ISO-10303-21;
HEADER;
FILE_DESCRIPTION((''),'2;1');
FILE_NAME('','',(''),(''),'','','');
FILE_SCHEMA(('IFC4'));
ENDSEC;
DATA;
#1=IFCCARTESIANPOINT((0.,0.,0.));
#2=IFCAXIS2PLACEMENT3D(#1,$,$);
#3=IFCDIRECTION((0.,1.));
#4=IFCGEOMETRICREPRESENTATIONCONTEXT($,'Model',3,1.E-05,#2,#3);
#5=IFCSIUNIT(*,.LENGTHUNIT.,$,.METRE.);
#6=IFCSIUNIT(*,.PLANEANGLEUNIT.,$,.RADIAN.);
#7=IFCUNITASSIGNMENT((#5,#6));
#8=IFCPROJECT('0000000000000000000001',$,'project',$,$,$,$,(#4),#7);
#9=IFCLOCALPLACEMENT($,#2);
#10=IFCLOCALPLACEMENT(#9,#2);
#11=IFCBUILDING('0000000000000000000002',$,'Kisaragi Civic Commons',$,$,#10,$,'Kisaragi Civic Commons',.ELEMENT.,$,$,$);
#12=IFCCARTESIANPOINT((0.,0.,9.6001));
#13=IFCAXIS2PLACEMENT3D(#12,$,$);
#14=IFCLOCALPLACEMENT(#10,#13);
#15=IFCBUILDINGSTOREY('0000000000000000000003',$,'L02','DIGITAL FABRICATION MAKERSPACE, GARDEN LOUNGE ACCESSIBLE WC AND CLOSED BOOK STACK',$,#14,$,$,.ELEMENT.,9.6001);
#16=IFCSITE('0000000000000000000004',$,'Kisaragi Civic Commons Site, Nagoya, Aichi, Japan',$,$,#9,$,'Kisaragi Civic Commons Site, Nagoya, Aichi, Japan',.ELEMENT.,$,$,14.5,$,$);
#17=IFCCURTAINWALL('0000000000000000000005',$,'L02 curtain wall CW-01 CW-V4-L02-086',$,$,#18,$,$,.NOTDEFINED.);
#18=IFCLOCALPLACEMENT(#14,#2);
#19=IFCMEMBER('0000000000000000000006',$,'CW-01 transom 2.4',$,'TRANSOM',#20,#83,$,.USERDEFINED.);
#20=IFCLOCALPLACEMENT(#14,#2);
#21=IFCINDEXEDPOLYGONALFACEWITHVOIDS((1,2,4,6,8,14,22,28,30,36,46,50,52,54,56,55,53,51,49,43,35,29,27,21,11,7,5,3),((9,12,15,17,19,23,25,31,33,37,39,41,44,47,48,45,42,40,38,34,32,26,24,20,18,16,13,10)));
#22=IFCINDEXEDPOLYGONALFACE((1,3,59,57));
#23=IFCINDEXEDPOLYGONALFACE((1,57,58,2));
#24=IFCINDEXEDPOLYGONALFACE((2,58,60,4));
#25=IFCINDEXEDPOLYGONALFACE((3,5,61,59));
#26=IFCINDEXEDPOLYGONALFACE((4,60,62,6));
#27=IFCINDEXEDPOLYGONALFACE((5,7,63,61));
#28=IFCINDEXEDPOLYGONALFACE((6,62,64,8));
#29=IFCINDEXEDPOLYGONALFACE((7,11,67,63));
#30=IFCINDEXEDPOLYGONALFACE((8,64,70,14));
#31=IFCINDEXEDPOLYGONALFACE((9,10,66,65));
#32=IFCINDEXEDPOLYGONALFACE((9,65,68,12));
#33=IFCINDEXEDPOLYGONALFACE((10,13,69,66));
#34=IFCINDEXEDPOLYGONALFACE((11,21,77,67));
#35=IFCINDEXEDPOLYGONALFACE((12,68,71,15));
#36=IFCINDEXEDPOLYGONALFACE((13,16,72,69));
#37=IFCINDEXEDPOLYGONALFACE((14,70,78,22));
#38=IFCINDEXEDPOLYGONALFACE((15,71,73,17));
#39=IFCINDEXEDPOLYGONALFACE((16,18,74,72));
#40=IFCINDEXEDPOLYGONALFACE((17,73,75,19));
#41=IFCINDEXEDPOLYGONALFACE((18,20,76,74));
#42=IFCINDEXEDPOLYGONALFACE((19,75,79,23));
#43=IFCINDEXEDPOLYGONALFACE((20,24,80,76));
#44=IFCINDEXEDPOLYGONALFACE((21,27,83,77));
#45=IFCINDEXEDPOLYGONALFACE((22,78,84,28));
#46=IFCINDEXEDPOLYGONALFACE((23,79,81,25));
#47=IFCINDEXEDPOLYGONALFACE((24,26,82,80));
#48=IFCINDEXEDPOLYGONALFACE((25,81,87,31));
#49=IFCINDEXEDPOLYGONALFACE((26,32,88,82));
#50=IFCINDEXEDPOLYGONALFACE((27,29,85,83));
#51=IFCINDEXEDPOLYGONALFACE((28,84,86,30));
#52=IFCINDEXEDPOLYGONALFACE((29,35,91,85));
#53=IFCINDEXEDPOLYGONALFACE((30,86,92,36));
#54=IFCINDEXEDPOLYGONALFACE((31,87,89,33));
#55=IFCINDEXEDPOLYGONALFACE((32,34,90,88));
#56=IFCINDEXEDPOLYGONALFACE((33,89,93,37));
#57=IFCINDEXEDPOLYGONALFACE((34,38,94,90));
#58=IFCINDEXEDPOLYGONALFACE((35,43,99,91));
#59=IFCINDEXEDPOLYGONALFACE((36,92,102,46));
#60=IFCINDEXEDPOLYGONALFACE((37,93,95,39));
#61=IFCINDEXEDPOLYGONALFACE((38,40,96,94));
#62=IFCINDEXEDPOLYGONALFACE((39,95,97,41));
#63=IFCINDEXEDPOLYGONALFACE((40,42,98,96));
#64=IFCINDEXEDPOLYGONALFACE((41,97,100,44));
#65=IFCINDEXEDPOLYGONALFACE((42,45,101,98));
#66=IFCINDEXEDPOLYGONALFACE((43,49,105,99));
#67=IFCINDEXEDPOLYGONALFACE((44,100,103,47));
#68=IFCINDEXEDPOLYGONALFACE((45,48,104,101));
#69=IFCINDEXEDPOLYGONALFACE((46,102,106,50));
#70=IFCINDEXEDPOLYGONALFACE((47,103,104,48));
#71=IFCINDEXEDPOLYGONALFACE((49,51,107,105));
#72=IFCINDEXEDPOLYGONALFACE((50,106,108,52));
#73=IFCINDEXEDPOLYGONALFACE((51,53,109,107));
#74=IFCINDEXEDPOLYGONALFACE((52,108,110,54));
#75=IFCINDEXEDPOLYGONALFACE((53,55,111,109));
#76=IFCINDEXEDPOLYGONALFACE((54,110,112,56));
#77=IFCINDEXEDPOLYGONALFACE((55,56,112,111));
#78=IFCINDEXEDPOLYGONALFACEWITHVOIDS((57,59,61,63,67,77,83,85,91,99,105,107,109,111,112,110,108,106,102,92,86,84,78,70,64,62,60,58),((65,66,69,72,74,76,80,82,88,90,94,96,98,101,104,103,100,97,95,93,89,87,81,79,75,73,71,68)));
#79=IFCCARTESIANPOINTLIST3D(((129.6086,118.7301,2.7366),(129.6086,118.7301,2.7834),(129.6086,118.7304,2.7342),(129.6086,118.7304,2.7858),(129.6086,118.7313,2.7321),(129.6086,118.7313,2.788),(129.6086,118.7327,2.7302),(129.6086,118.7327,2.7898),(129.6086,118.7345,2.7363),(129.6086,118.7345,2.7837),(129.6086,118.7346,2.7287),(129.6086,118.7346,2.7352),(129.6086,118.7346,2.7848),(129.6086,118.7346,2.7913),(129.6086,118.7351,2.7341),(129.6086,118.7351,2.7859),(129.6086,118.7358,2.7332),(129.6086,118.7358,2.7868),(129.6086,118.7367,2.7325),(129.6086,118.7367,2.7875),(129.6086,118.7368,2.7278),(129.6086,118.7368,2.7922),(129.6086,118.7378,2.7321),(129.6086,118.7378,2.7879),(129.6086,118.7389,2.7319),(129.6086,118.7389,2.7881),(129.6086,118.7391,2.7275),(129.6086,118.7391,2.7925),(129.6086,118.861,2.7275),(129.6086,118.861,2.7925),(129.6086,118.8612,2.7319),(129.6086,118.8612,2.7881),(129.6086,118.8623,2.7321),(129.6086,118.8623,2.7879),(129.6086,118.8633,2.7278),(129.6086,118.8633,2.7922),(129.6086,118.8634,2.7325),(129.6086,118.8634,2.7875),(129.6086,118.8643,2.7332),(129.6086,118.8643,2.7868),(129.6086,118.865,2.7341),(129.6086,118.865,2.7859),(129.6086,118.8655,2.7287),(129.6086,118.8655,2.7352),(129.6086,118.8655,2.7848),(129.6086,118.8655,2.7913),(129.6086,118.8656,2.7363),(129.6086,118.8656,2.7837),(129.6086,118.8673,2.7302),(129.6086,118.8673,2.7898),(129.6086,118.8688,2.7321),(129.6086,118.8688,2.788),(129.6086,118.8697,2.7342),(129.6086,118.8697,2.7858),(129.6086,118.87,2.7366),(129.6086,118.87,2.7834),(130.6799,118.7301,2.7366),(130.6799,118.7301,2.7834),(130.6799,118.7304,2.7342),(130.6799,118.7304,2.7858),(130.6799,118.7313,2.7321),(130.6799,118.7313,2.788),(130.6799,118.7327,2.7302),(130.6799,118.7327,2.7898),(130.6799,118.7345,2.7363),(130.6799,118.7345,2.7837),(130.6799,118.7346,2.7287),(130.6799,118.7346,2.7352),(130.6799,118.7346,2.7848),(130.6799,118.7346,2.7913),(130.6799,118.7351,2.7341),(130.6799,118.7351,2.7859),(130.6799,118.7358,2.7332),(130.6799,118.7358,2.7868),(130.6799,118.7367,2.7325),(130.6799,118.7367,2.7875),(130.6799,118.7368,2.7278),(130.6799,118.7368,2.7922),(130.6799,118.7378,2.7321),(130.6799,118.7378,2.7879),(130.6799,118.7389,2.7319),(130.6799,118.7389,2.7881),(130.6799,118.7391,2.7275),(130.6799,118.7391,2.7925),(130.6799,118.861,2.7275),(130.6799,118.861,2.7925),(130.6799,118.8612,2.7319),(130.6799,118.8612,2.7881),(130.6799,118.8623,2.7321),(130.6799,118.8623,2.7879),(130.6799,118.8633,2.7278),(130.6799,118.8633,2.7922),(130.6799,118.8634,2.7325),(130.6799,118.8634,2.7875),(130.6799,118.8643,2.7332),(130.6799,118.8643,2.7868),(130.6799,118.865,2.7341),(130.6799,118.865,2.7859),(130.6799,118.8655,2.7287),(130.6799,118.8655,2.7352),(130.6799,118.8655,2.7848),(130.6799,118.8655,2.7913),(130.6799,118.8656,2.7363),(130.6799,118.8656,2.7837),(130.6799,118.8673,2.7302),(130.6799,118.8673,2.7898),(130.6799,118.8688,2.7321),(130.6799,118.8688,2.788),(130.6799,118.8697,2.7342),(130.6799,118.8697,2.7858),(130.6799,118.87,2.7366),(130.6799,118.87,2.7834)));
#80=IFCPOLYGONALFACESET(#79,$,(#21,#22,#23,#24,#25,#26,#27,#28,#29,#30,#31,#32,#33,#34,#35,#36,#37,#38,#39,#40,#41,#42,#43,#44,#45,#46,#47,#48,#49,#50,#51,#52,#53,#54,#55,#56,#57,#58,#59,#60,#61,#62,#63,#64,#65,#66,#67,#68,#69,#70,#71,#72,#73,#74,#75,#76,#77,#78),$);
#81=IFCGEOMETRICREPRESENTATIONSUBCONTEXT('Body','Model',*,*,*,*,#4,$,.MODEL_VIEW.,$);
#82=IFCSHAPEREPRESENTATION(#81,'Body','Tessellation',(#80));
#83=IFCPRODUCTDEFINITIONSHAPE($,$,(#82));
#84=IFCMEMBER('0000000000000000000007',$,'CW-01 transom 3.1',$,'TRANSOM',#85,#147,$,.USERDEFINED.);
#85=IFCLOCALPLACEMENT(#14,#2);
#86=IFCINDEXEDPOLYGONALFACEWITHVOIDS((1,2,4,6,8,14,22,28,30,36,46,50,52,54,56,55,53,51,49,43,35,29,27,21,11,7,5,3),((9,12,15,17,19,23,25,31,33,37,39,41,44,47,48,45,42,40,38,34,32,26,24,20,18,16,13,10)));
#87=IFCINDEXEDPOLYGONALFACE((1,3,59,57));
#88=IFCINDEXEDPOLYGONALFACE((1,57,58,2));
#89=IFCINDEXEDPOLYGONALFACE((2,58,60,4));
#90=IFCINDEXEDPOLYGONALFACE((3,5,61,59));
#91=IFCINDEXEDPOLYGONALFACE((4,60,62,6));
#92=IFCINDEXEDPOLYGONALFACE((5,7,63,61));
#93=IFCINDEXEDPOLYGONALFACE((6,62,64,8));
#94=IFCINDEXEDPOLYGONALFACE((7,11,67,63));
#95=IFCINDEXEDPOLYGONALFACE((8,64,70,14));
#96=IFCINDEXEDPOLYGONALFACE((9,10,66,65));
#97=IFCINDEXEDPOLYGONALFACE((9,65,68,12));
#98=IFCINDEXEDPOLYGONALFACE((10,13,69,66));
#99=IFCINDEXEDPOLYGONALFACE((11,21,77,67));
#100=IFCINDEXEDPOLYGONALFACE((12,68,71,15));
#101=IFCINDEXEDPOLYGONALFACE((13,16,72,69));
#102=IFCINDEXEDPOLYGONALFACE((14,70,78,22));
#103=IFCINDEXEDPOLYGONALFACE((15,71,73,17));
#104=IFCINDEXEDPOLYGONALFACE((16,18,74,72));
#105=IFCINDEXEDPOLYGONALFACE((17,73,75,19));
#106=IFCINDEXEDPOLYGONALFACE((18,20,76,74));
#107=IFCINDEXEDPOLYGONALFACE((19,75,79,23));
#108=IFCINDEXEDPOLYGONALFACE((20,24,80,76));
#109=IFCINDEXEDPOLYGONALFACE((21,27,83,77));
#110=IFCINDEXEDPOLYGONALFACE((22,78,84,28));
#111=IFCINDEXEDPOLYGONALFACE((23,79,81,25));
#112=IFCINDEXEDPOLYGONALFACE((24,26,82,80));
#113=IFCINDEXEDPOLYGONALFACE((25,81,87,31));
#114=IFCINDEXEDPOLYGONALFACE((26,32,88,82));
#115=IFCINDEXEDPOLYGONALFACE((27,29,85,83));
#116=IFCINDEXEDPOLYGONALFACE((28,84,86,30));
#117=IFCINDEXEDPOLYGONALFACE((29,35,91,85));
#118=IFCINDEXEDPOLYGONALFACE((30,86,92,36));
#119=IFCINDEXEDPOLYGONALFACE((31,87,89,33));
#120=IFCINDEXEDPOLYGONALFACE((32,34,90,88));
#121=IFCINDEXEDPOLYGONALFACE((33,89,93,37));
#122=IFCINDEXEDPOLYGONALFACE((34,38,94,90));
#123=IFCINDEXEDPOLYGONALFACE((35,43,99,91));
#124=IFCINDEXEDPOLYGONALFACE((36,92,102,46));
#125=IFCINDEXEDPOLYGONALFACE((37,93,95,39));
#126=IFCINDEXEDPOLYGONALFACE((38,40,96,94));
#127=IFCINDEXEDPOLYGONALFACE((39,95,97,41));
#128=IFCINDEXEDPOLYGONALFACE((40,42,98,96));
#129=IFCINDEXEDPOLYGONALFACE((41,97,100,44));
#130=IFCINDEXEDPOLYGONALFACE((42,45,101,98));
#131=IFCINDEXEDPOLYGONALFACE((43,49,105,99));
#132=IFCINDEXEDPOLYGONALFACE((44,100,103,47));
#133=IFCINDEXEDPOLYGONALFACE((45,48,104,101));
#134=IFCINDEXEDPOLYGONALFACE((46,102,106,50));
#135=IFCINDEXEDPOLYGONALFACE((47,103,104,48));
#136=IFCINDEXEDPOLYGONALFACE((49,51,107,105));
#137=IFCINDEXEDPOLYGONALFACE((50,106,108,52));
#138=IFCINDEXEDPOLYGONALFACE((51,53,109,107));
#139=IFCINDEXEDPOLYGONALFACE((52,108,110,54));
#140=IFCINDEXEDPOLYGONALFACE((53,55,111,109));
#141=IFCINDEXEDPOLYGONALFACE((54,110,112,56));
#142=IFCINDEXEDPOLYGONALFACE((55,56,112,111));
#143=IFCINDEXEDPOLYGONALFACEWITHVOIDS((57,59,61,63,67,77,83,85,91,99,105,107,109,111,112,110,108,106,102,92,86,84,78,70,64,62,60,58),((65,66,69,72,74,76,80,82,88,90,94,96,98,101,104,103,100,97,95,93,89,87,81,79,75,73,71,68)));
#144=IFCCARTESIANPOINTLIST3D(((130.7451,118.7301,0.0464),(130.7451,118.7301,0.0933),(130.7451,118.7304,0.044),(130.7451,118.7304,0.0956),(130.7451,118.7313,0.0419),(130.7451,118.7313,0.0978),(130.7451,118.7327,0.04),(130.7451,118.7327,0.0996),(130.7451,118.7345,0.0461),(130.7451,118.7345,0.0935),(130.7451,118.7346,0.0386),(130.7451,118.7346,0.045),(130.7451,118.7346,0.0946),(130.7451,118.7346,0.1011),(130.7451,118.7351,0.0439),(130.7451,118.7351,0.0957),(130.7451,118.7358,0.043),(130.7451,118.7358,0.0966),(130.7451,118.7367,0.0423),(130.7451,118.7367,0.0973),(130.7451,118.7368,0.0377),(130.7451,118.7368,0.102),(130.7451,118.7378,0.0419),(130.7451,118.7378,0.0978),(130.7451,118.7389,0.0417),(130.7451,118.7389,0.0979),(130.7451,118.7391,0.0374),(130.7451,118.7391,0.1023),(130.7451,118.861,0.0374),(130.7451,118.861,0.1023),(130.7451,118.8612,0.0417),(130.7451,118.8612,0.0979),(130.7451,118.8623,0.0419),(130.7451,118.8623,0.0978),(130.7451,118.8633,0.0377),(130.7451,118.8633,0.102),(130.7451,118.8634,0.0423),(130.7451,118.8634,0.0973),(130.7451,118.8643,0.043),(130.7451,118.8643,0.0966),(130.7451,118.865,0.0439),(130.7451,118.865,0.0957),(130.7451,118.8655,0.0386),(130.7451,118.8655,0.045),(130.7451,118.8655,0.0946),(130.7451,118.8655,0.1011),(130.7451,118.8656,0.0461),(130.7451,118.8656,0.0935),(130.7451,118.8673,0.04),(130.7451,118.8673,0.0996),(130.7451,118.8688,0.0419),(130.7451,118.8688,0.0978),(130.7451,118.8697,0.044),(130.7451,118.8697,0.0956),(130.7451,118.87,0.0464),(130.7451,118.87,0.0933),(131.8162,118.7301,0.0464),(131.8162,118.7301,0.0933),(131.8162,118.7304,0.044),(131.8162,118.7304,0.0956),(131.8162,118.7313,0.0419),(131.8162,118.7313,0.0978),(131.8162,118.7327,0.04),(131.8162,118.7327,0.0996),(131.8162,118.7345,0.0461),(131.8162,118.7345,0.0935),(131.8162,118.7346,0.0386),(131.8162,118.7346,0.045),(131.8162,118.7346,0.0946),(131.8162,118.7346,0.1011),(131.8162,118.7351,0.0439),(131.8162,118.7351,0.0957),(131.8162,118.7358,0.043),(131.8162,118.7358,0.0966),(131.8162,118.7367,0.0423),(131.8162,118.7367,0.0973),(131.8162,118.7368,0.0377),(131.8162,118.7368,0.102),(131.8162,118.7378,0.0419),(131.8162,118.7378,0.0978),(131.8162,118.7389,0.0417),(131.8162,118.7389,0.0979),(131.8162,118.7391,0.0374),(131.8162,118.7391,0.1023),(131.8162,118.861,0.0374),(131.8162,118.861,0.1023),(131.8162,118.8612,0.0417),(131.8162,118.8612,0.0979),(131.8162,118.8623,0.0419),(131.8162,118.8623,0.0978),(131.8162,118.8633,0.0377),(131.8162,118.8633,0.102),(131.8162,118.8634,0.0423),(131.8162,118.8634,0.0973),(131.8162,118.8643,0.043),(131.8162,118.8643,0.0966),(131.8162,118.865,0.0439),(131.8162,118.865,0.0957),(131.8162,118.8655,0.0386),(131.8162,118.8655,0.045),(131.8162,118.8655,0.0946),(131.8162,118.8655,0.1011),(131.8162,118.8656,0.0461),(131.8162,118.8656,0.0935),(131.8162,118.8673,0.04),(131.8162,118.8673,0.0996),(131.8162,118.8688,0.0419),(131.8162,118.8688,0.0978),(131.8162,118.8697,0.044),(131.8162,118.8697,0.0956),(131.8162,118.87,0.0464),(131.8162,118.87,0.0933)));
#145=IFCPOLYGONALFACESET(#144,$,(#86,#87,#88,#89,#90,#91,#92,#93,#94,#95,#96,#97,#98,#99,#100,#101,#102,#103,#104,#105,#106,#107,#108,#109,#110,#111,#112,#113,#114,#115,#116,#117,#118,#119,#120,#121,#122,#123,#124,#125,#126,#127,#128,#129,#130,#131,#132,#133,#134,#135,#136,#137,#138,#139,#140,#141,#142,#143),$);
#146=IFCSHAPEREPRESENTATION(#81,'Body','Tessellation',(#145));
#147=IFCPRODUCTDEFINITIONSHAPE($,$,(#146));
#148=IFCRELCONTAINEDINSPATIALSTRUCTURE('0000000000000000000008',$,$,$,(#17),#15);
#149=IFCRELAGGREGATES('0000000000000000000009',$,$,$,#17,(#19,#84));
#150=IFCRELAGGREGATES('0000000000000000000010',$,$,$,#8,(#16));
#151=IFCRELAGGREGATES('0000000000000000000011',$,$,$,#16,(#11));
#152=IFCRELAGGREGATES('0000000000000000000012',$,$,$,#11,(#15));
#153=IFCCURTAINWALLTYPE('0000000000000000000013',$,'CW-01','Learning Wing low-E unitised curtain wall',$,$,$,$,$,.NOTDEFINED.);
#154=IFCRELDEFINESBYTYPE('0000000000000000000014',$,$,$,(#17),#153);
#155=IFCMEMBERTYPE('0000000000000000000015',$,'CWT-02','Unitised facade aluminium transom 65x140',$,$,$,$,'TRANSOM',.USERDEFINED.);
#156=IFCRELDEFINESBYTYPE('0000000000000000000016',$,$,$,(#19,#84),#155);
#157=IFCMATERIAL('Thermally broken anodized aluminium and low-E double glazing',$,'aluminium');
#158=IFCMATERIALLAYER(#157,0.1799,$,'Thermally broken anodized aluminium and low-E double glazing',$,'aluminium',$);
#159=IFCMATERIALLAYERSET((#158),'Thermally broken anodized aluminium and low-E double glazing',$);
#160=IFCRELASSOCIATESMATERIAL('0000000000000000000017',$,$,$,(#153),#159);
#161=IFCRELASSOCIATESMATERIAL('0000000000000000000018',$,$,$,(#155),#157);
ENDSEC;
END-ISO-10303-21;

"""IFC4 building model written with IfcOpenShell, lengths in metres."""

from ifc_helpers import new_model, si_unit, direction, frame, origin, origin_2d, place, context, subcontext, project, spatial, hollow_rectangle, extrude, material, layer, layer_set, material_profile, profile_set, type_object, element, aggregate, save


model = new_model("IFC4")

# Units and contexts
model_context = context("Model", 3, precision=1e-05, world=origin(), true_north=direction((0.0, 1.0)))
body_context = subcontext(model_context, "Body", "Model", "MODEL_VIEW")
ifc_project = project(units=[si_unit("LENGTHUNIT", "METRE"), si_unit("PLANEANGLEUNIT", "RADIAN")], contexts=[model_context])

# Site, building, storey
site_placement = place(None, origin())
site = spatial("IfcSite", under=ifc_project, at=site_placement, Name="Kisaragi Civic Commons Site, Nagoya, Aichi, Japan", LongName="Kisaragi Civic Commons Site, Nagoya, Aichi, Japan", CompositionType="ELEMENT", RefElevation=14.5)
building_placement = place(site_placement, origin())
building = spatial("IfcBuilding", under=site, at=building_placement, Name="Kisaragi Civic Commons", LongName="Kisaragi Civic Commons", CompositionType="ELEMENT")
storey_placement = place(building_placement, frame((0.0, 0.0, 9.6001)))
storey = spatial("IfcBuildingStorey", under=building, at=storey_placement, Name="L02", Description="DIGITAL FABRICATION MAKERSPACE, GARDEN LOUNGE ACCESSIBLE WC AND CLOSED BOOK STACK", CompositionType="ELEMENT", Elevation=9.6001)

# Curtain wall
ifc_material_1 = material(Name="Thermally broken anodized aluminium and low-E double glazing", Category="aluminium")
ifc_layer_1 = layer(ifc_material_1, 0.1799, Name="Thermally broken anodized aluminium and low-E double glazing", Category="aluminium")
ifc_layer_set_1 = layer_set([ifc_layer_1], Name="Thermally broken anodized aluminium and low-E double glazing")
curtain_wall_type = type_object("IfcCurtainWallType", Name="CW-01", Description="Learning Wing low-E unitised curtain wall", PredefinedType="NOTDEFINED", material=ifc_layer_set_1)
curtain_wall_1_placement = place(storey_placement, origin())
curtain_wall_1 = element("IfcCurtainWall", 1, at=curtain_wall_1_placement, inside=storey, type_object=curtain_wall_type, Name="L02 curtain wall CW-01 CW-V4-L02-086", PredefinedType="NOTDEFINED")

# Members
ifc_material_profile_1 = material_profile(ifc_material_1, hollow_rectangle(XDim=0.1399, YDim=0.0649, WallThickness=0.0044, InnerFilletRadius=0.0044, OuterFilletRadius=0.009, at=origin_2d()), Name="CWT-65x140x4.5", Category="aluminium")
ifc_profile_set_1 = profile_set([ifc_material_profile_1], Name="Thermally broken anodized aluminium and low-E double glazing")
member_type_1 = type_object("IfcMemberType", Name="CWT-02", Description="Unitised facade aluminium transom 65x140", ElementType="TRANSOM", PredefinedType="USERDEFINED", material=ifc_profile_set_1)
member_1_placement = place(storey_placement, frame((129.6086, 118.8, 2.76), z_axis=(1.0, 0.0, 0.0), x_axis=(0.0, 1.0, 0.0)))
member_1 = element("IfcMember", 2, at=member_1_placement, type_object=member_type_1, Name="CW-01 transom 2.4", ObjectType="TRANSOM", PredefinedType="USERDEFINED", context=body_context, shape_type="SweptSolid", body=[
    extrude(hollow_rectangle(XDim=0.1399, YDim=0.0649, WallThickness=0.0044, InnerFilletRadius=0.0044, OuterFilletRadius=0.009, at=origin_2d()), origin(), (0.0, 0.0, 1.0), 1.0713),
])
member_2_placement = place(storey_placement, frame((130.7451, 118.8, 0.0698), z_axis=(1.0, 0.0, 0.0), x_axis=(0.0, 1.0, 0.0)))
member_2 = element("IfcMember", 3, at=member_2_placement, type_object=member_type_1, Name="CW-01 transom 3.1", ObjectType="TRANSOM", PredefinedType="USERDEFINED", context=body_context, shape_type="SweptSolid", body=[
    extrude(hollow_rectangle(XDim=0.1399, YDim=0.0649, WallThickness=0.0044, InnerFilletRadius=0.0044, OuterFilletRadius=0.009, at=origin_2d()), origin(), (0.0, 0.0, 1.0), 1.071),
])

aggregate(curtain_wall_1, [member_1, member_2])

save(model, "model.ifc")
